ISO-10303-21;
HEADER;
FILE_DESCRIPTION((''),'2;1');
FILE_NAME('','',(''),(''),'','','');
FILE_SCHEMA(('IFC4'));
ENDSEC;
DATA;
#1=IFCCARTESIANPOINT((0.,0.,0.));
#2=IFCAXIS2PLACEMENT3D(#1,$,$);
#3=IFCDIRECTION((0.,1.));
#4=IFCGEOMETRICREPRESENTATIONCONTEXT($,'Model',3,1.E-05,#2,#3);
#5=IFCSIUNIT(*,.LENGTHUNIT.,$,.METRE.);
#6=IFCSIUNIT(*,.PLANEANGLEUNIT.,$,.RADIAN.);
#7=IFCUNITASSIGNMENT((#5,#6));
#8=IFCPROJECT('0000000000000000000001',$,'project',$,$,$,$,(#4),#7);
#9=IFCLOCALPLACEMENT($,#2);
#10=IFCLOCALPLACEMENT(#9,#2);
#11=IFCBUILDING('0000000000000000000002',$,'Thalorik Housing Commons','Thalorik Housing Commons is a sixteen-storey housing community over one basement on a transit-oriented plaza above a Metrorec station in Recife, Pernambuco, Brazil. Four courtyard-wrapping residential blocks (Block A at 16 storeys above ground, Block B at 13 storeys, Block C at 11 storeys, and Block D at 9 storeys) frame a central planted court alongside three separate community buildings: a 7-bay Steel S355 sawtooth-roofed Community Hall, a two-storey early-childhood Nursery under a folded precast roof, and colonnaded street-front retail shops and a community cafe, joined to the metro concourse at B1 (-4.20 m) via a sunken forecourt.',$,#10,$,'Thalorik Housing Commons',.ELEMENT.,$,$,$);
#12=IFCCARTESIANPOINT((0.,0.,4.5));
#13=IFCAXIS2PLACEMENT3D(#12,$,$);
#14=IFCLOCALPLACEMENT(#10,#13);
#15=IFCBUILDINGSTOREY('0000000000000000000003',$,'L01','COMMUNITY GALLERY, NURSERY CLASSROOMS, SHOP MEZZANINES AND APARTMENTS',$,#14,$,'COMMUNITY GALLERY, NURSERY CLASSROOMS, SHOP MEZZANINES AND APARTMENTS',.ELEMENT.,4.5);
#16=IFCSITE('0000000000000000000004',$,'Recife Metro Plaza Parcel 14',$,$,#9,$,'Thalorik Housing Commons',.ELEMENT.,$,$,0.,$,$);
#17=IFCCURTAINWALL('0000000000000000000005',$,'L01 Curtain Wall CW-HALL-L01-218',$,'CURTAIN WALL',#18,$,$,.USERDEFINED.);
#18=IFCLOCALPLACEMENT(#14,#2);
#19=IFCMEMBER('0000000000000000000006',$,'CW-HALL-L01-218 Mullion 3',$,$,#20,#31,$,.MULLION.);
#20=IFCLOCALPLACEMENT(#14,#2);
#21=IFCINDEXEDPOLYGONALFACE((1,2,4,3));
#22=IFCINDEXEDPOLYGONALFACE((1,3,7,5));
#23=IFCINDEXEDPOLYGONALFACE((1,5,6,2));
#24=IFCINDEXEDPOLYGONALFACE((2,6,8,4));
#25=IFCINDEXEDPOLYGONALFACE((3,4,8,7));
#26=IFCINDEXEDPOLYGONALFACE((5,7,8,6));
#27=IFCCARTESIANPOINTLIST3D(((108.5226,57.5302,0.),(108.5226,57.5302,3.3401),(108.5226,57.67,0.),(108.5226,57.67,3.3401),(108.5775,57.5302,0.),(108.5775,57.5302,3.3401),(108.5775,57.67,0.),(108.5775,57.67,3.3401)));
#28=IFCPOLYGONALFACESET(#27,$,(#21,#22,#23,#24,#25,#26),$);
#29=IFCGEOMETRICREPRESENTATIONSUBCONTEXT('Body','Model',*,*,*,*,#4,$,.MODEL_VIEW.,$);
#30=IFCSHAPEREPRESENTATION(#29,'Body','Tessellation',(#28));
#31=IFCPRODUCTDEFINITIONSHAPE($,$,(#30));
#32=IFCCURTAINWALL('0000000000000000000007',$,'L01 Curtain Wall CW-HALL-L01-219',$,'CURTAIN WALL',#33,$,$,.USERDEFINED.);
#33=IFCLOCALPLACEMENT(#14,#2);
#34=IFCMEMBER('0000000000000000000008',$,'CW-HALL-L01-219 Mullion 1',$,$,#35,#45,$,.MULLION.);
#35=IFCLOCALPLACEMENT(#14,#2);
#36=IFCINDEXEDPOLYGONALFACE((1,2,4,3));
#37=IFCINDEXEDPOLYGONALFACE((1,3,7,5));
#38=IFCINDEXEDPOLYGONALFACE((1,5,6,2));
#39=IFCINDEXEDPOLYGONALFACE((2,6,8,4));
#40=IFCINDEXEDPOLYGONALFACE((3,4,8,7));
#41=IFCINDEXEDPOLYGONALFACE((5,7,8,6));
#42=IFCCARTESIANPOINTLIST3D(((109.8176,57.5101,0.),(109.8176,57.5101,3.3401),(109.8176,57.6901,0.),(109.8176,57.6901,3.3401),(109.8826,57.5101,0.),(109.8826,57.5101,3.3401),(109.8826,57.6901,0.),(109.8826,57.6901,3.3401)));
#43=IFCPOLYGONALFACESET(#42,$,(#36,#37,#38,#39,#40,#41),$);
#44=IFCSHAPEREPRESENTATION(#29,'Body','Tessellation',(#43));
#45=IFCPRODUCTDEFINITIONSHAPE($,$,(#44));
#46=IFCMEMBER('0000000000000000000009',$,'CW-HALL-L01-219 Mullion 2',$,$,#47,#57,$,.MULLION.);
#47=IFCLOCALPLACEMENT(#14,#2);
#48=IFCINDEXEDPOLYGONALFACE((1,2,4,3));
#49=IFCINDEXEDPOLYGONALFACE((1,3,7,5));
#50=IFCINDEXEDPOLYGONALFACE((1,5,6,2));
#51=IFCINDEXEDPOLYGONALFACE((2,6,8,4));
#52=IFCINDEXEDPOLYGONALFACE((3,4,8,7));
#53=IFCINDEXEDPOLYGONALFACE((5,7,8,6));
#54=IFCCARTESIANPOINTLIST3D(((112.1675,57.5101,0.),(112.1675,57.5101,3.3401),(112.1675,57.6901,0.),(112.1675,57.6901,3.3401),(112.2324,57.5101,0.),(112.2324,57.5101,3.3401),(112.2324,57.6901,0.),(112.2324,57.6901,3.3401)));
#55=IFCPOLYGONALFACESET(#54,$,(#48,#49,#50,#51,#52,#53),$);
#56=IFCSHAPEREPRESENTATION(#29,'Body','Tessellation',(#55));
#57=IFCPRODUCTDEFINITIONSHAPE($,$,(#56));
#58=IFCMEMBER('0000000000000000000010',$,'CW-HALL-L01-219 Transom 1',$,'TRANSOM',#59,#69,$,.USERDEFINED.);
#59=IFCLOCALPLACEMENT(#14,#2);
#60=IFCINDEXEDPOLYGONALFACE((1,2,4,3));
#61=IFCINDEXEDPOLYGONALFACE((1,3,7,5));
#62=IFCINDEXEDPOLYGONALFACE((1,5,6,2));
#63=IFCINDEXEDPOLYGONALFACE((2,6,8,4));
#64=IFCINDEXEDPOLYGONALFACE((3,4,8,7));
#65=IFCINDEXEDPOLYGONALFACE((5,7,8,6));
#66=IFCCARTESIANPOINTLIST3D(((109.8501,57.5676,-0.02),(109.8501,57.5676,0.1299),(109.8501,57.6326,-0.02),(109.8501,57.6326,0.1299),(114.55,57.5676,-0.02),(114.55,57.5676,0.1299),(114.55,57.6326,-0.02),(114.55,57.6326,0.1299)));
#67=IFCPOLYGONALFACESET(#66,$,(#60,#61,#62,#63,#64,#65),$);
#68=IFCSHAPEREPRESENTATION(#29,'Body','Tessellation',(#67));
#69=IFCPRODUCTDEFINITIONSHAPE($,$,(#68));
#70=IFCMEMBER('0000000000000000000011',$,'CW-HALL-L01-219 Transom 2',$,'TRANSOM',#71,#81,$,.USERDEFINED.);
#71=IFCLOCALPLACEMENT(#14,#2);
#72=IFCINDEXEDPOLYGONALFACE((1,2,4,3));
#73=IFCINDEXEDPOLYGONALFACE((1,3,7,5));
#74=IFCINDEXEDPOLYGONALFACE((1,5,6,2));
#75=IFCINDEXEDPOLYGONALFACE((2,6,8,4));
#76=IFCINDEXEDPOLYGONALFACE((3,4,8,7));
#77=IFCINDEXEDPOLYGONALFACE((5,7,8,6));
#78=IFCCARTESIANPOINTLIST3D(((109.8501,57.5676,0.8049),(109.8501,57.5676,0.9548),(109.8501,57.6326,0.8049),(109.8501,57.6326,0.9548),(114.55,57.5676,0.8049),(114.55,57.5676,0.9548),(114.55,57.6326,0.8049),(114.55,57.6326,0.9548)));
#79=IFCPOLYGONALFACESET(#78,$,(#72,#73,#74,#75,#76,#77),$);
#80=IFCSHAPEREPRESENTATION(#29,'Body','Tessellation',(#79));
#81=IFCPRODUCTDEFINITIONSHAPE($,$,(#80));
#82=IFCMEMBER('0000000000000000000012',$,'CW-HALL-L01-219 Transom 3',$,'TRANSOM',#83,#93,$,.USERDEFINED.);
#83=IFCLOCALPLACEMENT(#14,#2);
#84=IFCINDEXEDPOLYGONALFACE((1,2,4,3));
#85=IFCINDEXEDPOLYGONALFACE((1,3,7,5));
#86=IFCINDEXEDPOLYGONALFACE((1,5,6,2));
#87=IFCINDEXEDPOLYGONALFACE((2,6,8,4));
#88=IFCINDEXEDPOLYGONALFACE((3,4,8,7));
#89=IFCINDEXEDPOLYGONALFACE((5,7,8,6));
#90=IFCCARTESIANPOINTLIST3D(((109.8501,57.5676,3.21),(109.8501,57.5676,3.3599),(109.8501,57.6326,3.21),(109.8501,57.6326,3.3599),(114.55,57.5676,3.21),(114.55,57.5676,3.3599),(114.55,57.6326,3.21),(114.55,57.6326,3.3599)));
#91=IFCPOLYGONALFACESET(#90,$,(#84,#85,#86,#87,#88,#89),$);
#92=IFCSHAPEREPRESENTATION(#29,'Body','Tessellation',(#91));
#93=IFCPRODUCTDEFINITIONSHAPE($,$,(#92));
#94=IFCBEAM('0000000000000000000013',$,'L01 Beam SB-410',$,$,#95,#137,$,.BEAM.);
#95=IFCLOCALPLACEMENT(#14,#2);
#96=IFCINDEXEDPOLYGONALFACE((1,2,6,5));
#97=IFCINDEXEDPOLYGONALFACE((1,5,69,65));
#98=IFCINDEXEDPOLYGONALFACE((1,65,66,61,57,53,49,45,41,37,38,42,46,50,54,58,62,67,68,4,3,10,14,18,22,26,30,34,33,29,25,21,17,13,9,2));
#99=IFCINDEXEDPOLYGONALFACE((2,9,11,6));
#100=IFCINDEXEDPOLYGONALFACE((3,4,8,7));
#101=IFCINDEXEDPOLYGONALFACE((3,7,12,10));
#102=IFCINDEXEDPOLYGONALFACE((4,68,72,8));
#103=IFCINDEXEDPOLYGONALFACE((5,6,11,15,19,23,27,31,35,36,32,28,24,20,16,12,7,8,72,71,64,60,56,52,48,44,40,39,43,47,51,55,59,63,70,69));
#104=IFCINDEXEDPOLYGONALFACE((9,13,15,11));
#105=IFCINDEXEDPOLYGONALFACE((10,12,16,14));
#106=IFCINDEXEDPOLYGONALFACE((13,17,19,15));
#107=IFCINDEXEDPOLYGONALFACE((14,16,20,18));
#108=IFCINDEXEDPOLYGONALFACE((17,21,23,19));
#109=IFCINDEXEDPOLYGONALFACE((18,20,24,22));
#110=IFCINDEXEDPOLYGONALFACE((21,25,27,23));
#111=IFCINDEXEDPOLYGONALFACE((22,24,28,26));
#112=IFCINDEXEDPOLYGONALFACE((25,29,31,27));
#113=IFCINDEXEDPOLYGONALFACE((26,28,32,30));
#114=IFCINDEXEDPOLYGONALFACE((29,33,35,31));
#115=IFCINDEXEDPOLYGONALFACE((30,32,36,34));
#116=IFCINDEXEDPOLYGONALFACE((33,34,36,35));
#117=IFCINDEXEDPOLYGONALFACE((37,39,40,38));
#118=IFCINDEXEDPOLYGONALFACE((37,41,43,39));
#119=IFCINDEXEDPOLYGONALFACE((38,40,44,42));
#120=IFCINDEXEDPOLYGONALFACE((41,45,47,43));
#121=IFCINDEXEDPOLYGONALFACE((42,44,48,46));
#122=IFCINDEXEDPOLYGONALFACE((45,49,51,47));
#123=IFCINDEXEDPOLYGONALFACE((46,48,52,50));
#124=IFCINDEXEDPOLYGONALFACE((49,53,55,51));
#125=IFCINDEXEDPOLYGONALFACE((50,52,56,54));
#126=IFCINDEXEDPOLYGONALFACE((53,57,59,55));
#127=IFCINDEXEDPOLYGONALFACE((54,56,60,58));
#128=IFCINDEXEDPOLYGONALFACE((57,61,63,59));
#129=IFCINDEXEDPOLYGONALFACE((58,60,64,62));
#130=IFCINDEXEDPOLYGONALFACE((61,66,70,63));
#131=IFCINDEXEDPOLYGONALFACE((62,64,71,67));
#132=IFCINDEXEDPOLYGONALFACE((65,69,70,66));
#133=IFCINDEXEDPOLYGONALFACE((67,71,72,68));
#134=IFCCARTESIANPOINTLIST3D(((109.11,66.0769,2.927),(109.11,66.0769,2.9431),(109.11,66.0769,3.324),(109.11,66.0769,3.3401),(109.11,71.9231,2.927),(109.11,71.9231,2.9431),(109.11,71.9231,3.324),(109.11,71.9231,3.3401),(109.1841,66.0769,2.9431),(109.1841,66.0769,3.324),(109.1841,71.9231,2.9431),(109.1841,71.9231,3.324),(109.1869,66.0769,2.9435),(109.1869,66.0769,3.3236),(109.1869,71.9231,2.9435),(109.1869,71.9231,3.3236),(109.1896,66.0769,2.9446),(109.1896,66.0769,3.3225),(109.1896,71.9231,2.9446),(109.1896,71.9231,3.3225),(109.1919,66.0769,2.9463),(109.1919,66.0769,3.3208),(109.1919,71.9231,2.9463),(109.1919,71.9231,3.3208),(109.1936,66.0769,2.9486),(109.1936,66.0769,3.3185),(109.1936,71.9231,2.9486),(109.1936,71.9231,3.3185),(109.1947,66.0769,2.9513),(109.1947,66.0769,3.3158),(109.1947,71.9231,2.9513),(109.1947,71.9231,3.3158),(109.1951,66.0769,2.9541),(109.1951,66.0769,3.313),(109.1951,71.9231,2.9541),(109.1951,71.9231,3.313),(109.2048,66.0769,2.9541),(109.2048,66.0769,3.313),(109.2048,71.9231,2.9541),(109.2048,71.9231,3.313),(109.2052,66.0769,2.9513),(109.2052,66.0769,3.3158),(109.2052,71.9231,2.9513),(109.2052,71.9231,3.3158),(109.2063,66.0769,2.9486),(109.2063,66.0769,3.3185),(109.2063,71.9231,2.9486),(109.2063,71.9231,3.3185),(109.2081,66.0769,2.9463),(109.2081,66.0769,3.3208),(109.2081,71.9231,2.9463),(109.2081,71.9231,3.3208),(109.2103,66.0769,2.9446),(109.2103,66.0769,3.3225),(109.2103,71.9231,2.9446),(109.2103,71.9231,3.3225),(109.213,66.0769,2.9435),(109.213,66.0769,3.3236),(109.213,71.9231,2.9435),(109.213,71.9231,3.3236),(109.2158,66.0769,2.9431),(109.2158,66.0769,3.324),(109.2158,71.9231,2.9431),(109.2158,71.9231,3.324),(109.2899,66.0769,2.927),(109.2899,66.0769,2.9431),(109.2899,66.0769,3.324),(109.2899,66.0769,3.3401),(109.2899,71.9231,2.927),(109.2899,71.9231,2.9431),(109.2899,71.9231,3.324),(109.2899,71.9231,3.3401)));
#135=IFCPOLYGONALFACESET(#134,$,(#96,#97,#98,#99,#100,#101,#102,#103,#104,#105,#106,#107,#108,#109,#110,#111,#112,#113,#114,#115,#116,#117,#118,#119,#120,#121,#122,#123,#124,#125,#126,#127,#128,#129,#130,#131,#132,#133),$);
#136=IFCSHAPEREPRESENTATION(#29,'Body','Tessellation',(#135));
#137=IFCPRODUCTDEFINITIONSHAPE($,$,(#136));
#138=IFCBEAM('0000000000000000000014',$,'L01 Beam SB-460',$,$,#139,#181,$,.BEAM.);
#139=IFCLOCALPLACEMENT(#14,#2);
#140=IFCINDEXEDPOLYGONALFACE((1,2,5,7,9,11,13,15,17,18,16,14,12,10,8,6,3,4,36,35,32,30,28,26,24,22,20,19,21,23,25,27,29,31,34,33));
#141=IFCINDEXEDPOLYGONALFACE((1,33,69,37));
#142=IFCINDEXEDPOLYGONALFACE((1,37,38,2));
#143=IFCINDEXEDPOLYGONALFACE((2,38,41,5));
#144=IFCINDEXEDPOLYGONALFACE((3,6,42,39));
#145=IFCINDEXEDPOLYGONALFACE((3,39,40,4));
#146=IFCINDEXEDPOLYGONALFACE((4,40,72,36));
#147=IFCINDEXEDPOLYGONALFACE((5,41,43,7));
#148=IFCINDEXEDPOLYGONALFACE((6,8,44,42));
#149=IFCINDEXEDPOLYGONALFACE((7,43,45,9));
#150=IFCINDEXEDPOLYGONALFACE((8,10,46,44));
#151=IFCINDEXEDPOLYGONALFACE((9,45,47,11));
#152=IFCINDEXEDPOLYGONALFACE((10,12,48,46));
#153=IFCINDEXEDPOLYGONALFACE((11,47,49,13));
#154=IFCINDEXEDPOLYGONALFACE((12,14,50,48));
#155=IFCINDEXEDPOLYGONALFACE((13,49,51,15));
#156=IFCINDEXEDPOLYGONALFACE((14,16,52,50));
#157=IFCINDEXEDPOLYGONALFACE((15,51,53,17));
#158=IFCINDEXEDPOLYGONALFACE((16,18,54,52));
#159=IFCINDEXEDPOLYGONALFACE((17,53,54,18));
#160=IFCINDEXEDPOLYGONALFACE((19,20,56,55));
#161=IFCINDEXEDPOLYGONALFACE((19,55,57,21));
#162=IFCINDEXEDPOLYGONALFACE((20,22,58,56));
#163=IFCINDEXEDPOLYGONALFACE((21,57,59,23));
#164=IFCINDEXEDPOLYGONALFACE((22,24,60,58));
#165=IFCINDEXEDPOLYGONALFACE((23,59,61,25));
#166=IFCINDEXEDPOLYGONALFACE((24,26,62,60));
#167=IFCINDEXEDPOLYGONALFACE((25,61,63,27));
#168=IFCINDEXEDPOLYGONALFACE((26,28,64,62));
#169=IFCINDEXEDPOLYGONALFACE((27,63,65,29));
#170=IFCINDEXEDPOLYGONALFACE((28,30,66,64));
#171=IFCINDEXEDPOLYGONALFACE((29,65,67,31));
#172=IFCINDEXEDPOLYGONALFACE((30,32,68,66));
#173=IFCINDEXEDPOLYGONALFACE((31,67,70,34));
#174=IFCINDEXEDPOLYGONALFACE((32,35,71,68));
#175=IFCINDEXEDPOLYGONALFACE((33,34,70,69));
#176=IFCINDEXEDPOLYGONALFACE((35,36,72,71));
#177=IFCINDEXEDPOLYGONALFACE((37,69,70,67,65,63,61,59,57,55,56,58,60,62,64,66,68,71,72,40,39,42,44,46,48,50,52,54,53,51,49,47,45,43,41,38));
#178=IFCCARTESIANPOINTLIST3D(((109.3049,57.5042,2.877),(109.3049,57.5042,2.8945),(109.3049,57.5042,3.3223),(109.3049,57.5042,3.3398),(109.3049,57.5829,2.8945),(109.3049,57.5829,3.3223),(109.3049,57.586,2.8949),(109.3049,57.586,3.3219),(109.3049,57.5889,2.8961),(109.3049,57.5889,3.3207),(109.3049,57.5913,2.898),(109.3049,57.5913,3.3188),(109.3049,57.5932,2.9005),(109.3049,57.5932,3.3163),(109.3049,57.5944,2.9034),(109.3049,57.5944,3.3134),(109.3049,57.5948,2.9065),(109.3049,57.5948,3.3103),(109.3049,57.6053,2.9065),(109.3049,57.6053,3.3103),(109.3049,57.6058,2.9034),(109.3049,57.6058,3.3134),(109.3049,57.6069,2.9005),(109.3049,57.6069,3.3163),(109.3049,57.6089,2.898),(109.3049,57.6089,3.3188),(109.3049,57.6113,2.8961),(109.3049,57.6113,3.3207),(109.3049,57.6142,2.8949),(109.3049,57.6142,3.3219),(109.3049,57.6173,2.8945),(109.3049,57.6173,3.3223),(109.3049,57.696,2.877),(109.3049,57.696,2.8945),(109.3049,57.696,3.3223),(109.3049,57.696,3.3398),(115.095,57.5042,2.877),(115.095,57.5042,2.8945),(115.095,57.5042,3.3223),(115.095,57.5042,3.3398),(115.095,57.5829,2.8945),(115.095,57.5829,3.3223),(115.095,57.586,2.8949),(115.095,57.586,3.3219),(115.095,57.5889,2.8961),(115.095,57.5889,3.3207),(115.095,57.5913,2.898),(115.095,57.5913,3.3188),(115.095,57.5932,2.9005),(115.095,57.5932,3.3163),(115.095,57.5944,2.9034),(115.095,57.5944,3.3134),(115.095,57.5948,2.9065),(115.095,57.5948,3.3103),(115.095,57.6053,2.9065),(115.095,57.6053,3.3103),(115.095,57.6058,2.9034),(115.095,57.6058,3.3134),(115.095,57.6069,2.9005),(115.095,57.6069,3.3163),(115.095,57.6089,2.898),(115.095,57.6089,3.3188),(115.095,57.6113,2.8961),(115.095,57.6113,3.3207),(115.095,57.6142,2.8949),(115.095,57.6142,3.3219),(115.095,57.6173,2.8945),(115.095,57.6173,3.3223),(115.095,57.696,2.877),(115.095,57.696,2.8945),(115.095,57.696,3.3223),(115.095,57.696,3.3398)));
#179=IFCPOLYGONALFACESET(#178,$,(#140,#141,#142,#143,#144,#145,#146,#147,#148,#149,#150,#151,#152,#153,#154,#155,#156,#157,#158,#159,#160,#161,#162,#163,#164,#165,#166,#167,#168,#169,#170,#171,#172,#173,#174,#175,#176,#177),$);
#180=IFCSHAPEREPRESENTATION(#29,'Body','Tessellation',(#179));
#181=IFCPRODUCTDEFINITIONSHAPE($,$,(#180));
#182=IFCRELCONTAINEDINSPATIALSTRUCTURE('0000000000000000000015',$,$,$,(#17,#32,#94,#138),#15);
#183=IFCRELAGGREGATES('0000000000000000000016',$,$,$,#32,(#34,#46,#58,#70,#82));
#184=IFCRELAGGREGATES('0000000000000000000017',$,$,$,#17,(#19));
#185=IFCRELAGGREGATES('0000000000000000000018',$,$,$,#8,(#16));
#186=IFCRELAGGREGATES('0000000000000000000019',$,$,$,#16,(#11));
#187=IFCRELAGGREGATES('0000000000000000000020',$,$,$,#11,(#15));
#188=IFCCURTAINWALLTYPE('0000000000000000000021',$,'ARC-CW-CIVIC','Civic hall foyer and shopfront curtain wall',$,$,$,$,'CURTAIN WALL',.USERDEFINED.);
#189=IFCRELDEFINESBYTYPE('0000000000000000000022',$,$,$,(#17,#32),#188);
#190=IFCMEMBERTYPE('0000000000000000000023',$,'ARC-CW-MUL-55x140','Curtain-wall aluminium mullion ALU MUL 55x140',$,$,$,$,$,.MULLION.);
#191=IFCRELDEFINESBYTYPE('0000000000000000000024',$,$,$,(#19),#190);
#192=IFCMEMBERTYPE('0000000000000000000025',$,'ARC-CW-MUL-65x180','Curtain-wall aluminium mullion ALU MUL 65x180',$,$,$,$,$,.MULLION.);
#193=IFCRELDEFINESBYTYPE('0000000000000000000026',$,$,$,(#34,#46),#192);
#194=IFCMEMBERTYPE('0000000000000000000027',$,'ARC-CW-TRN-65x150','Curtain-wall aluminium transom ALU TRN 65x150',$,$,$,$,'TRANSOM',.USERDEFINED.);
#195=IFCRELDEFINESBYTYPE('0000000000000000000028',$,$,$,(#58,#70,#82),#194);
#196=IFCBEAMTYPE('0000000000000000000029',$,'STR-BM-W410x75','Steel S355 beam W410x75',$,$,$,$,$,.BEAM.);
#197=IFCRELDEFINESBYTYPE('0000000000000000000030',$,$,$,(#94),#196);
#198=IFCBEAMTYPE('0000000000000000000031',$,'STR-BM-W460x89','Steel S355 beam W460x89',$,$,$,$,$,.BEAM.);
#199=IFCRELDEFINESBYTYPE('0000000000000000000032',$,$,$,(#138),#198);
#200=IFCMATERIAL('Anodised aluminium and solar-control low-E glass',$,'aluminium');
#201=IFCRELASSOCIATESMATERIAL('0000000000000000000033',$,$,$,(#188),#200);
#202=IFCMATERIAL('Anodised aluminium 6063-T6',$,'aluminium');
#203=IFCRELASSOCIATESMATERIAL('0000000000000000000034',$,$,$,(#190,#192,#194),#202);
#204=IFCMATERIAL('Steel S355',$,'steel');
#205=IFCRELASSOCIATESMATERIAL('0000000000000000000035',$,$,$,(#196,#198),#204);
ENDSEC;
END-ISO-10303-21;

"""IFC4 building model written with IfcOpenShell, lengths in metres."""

from ifc_helpers import new_model, si_unit, direction, frame, origin, origin_2d, place, context, subcontext, project, spatial, rectangle, i_section, extrude, material, material_profile, profile_set, type_object, element, aggregate, save


model = new_model("IFC4")

# Units and contexts
model_context = context("Model", 3, precision=1e-05, world=origin(), true_north=direction((0.0, 1.0)))
body_context = subcontext(model_context, "Body", "Model", "MODEL_VIEW")
ifc_project = project(units=[si_unit("LENGTHUNIT", "METRE"), si_unit("PLANEANGLEUNIT", "RADIAN")], contexts=[model_context])

# Site, building, storey
site_placement = place(None, origin())
site = spatial("IfcSite", under=ifc_project, at=site_placement, Name="Recife Metro Plaza Parcel 14", LongName="Thalorik Housing Commons", CompositionType="ELEMENT", RefElevation=0.0)
building_placement = place(site_placement, origin())
building = spatial("IfcBuilding", under=site, at=building_placement, Name="Thalorik Housing Commons", Description="Thalorik Housing Commons is a sixteen-storey housing community over one basement on a transit-oriented plaza above a Metrorec station in Recife, Pernambuco, Brazil. Four courtyard-wrapping residential blocks (Block A at 16 storeys above ground, Block B at 13 storeys, Block C at 11 storeys, and Block D at 9 storeys) frame a central planted court alongside three separate community buildings: a 7-bay Steel S355 sawtooth-roofed Community Hall, a two-storey early-childhood Nursery under a folded precast roof, and colonnaded street-front retail shops and a community cafe, joined to the metro concourse at B1 (-4.20 m) via a sunken forecourt.", LongName="Thalorik Housing Commons", CompositionType="ELEMENT")
storey_placement = place(building_placement, frame((0.0, 0.0, 4.5)))
storey = spatial("IfcBuildingStorey", under=building, at=storey_placement, Name="L01", Description="COMMUNITY GALLERY, NURSERY CLASSROOMS, SHOP MEZZANINES AND APARTMENTS", LongName="COMMUNITY GALLERY, NURSERY CLASSROOMS, SHOP MEZZANINES AND APARTMENTS", CompositionType="ELEMENT", Elevation=4.5)

# Shared definitions
ifc_material_1 = material(Name="Steel S355", Category="steel")

# Curtain wall, member
ifc_material_2 = material(Name="Anodised aluminium and solar-control low-E glass", Category="aluminium")
curtain_wall_type = type_object("IfcCurtainWallType", Name="ARC-CW-CIVIC", Description="Civic hall foyer and shopfront curtain wall", ElementType="CURTAIN WALL", PredefinedType="USERDEFINED", material=ifc_material_2)
curtain_wall_1_placement = place(storey_placement, origin())
curtain_wall_1 = element("IfcCurtainWall", 1, at=curtain_wall_1_placement, inside=storey, type_object=curtain_wall_type, Name="L01 Curtain Wall CW-HALL-L01-218", ObjectType="CURTAIN WALL", PredefinedType="USERDEFINED")
ifc_material_3 = material(Name="Anodised aluminium 6063-T6", Category="aluminium")
ifc_material_profile_1 = material_profile(ifc_material_3, rectangle(XDim=0.0549, YDim=0.1399, at=origin_2d()), Name="ALU MUL 55x140", Category="aluminium")
ifc_profile_set_1 = profile_set([ifc_material_profile_1], Name="Anodised aluminium 6063-T6")
member_type_1 = type_object("IfcMemberType", Name="ARC-CW-MUL-55x140", Description="Curtain-wall aluminium mullion ALU MUL 55x140", PredefinedType="MULLION", material=ifc_profile_set_1)
member_1_placement = place(storey_placement, frame((108.55, 57.6001, 0.0), z_axis=(0.0, 0.0, 1.0), x_axis=(1.0, 0.0, 0.0)))
member_1 = element("IfcMember", 2, at=member_1_placement, type_object=member_type_1, Name="CW-HALL-L01-218 Mullion 3", PredefinedType="MULLION", context=body_context, shape_type="SweptSolid", body=[
    extrude(rectangle(XDim=0.0549, YDim=0.1399, at=origin_2d()), origin(), (0.0, 0.0, 1.0), 3.3401),
])

# Curtain wall, members
curtain_wall_2_placement = place(storey_placement, origin())
curtain_wall_2 = element("IfcCurtainWall", 3, at=curtain_wall_2_placement, inside=storey, type_object=curtain_wall_type, Name="L01 Curtain Wall CW-HALL-L01-219", ObjectType="CURTAIN WALL", PredefinedType="USERDEFINED")
ifc_material_profile_2 = material_profile(ifc_material_3, rectangle(XDim=0.0649, YDim=0.1799, at=origin_2d()), Name="ALU MUL 65x180", Category="aluminium")
ifc_profile_set_2 = profile_set([ifc_material_profile_2], Name="Anodised aluminium 6063-T6")
member_type_2 = type_object("IfcMemberType", Name="ARC-CW-MUL-65x180", Description="Curtain-wall aluminium mullion ALU MUL 65x180", PredefinedType="MULLION", material=ifc_profile_set_2)
member_2_placement = place(storey_placement, frame((109.8501, 57.6001, 0.0), z_axis=(0.0, 0.0, 1.0), x_axis=(1.0, 0.0, 0.0)))
member_2 = element("IfcMember", 4, at=member_2_placement, type_object=member_type_2, Name="CW-HALL-L01-219 Mullion 1", PredefinedType="MULLION", context=body_context, shape_type="SweptSolid", body=[
    extrude(rectangle(XDim=0.0649, YDim=0.1799, at=origin_2d()), origin(), (0.0, 0.0, 1.0), 3.3401),
])
member_3_placement = place(storey_placement, frame((112.2, 57.6001, 0.0), z_axis=(0.0, 0.0, 1.0), x_axis=(1.0, 0.0, 0.0)))
member_3 = element("IfcMember", 5, at=member_3_placement, type_object=member_type_2, Name="CW-HALL-L01-219 Mullion 2", PredefinedType="MULLION", context=body_context, shape_type="SweptSolid", body=[
    extrude(rectangle(XDim=0.0649, YDim=0.1799, at=origin_2d()), origin(), (0.0, 0.0, 1.0), 3.3401),
])
ifc_material_profile_3 = material_profile(ifc_material_3, rectangle(XDim=0.0649, YDim=0.1499, at=origin_2d()), Name="ALU TRN 65x150", Category="aluminium")
ifc_profile_set_3 = profile_set([ifc_material_profile_3], Name="Anodised aluminium 6063-T6")
member_type_3 = type_object("IfcMemberType", Name="ARC-CW-TRN-65x150", Description="Curtain-wall aluminium transom ALU TRN 65x150", ElementType="TRANSOM", PredefinedType="USERDEFINED", material=ifc_profile_set_3)
member_4_placement = place(storey_placement, frame((109.8501, 57.6001, 0.0549), z_axis=(1.0, 0.0, 0.0), x_axis=(0.0, 1.0, 0.0)))
member_4 = element("IfcMember", 6, at=member_4_placement, type_object=member_type_3, Name="CW-HALL-L01-219 Transom 1", ObjectType="TRANSOM", PredefinedType="USERDEFINED", context=body_context, shape_type="SweptSolid", body=[
    extrude(rectangle(XDim=0.0649, YDim=0.1499, at=origin_2d()), origin(), (0.0, 0.0, 1.0), 4.7),
])
member_5_placement = place(storey_placement, frame((109.8501, 57.6001, 0.8799), z_axis=(1.0, 0.0, 0.0), x_axis=(0.0, 1.0, 0.0)))
member_5 = element("IfcMember", 7, at=member_5_placement, type_object=member_type_3, Name="CW-HALL-L01-219 Transom 2", ObjectType="TRANSOM", PredefinedType="USERDEFINED", context=body_context, shape_type="SweptSolid", body=[
    extrude(rectangle(XDim=0.0649, YDim=0.1499, at=origin_2d()), origin(), (0.0, 0.0, 1.0), 4.7),
])
member_6_placement = place(storey_placement, frame((109.8501, 57.6001, 3.2849), z_axis=(1.0, 0.0, 0.0), x_axis=(0.0, 1.0, 0.0)))
member_6 = element("IfcMember", 8, at=member_6_placement, type_object=member_type_3, Name="CW-HALL-L01-219 Transom 3", ObjectType="TRANSOM", PredefinedType="USERDEFINED", context=body_context, shape_type="SweptSolid", body=[
    extrude(rectangle(XDim=0.0649, YDim=0.1499, at=origin_2d()), origin(), (0.0, 0.0, 1.0), 4.7),
])

# Beams
ifc_material_profile_4 = material_profile(ifc_material_1, i_section(OverallWidth=0.1799, OverallDepth=0.4131, WebThickness=0.0098, FlangeThickness=0.0161, FilletRadius=0.011, at=origin_2d()), Name="W410x75", Category="steel")
ifc_profile_set_4 = profile_set([ifc_material_profile_4], Name="Steel S355")
beam_type_1 = type_object("IfcBeamType", Name="STR-BM-W410x75", Description="Steel S355 beam W410x75", PredefinedType="BEAM", material=ifc_profile_set_4)
beam_1_placement = place(storey_placement, frame((109.2, 66.0769, 3.1335), z_axis=(0.0, 1.0, 0.0), x_axis=(-1.0, 0.0, 0.0)))
element("IfcBeam", 9, at=beam_1_placement, inside=storey, type_object=beam_type_1, Name="L01 Beam SB-410", PredefinedType="BEAM", context=body_context, shape_type="SweptSolid", body=[
    extrude(i_section(OverallWidth=0.1799, OverallDepth=0.4131, WebThickness=0.0098, FlangeThickness=0.0161, FilletRadius=0.011, at=origin_2d()), origin(), (0.0, 0.0, 1.0), 5.8462),
])
ifc_material_profile_5 = material_profile(ifc_material_1, i_section(OverallWidth=0.1919, OverallDepth=0.4629, WebThickness=0.0105, FlangeThickness=0.0176, FilletRadius=0.012, at=origin_2d()), Name="W460x89", Category="steel")
ifc_profile_set_5 = profile_set([ifc_material_profile_5], Name="Steel S355")
beam_type_2 = type_object("IfcBeamType", Name="STR-BM-W460x89", Description="Steel S355 beam W460x89", PredefinedType="BEAM", material=ifc_profile_set_5)
beam_2_placement = place(storey_placement, frame((109.3049, 57.6001, 3.1084), z_axis=(1.0, 0.0, 0.0), x_axis=(0.0, 1.0, 0.0)))
element("IfcBeam", 10, at=beam_2_placement, inside=storey, type_object=beam_type_2, Name="L01 Beam SB-460", PredefinedType="BEAM", context=body_context, shape_type="SweptSolid", body=[
    extrude(i_section(OverallWidth=0.1919, OverallDepth=0.4629, WebThickness=0.0105, FlangeThickness=0.0176, FilletRadius=0.012, at=origin_2d()), origin(), (0.0, 0.0, 1.0), 5.79),
])

aggregate(curtain_wall_2, [member_2, member_3, member_4, member_5, member_6])
aggregate(curtain_wall_1, [member_1])

save(model, "model.ifc")
